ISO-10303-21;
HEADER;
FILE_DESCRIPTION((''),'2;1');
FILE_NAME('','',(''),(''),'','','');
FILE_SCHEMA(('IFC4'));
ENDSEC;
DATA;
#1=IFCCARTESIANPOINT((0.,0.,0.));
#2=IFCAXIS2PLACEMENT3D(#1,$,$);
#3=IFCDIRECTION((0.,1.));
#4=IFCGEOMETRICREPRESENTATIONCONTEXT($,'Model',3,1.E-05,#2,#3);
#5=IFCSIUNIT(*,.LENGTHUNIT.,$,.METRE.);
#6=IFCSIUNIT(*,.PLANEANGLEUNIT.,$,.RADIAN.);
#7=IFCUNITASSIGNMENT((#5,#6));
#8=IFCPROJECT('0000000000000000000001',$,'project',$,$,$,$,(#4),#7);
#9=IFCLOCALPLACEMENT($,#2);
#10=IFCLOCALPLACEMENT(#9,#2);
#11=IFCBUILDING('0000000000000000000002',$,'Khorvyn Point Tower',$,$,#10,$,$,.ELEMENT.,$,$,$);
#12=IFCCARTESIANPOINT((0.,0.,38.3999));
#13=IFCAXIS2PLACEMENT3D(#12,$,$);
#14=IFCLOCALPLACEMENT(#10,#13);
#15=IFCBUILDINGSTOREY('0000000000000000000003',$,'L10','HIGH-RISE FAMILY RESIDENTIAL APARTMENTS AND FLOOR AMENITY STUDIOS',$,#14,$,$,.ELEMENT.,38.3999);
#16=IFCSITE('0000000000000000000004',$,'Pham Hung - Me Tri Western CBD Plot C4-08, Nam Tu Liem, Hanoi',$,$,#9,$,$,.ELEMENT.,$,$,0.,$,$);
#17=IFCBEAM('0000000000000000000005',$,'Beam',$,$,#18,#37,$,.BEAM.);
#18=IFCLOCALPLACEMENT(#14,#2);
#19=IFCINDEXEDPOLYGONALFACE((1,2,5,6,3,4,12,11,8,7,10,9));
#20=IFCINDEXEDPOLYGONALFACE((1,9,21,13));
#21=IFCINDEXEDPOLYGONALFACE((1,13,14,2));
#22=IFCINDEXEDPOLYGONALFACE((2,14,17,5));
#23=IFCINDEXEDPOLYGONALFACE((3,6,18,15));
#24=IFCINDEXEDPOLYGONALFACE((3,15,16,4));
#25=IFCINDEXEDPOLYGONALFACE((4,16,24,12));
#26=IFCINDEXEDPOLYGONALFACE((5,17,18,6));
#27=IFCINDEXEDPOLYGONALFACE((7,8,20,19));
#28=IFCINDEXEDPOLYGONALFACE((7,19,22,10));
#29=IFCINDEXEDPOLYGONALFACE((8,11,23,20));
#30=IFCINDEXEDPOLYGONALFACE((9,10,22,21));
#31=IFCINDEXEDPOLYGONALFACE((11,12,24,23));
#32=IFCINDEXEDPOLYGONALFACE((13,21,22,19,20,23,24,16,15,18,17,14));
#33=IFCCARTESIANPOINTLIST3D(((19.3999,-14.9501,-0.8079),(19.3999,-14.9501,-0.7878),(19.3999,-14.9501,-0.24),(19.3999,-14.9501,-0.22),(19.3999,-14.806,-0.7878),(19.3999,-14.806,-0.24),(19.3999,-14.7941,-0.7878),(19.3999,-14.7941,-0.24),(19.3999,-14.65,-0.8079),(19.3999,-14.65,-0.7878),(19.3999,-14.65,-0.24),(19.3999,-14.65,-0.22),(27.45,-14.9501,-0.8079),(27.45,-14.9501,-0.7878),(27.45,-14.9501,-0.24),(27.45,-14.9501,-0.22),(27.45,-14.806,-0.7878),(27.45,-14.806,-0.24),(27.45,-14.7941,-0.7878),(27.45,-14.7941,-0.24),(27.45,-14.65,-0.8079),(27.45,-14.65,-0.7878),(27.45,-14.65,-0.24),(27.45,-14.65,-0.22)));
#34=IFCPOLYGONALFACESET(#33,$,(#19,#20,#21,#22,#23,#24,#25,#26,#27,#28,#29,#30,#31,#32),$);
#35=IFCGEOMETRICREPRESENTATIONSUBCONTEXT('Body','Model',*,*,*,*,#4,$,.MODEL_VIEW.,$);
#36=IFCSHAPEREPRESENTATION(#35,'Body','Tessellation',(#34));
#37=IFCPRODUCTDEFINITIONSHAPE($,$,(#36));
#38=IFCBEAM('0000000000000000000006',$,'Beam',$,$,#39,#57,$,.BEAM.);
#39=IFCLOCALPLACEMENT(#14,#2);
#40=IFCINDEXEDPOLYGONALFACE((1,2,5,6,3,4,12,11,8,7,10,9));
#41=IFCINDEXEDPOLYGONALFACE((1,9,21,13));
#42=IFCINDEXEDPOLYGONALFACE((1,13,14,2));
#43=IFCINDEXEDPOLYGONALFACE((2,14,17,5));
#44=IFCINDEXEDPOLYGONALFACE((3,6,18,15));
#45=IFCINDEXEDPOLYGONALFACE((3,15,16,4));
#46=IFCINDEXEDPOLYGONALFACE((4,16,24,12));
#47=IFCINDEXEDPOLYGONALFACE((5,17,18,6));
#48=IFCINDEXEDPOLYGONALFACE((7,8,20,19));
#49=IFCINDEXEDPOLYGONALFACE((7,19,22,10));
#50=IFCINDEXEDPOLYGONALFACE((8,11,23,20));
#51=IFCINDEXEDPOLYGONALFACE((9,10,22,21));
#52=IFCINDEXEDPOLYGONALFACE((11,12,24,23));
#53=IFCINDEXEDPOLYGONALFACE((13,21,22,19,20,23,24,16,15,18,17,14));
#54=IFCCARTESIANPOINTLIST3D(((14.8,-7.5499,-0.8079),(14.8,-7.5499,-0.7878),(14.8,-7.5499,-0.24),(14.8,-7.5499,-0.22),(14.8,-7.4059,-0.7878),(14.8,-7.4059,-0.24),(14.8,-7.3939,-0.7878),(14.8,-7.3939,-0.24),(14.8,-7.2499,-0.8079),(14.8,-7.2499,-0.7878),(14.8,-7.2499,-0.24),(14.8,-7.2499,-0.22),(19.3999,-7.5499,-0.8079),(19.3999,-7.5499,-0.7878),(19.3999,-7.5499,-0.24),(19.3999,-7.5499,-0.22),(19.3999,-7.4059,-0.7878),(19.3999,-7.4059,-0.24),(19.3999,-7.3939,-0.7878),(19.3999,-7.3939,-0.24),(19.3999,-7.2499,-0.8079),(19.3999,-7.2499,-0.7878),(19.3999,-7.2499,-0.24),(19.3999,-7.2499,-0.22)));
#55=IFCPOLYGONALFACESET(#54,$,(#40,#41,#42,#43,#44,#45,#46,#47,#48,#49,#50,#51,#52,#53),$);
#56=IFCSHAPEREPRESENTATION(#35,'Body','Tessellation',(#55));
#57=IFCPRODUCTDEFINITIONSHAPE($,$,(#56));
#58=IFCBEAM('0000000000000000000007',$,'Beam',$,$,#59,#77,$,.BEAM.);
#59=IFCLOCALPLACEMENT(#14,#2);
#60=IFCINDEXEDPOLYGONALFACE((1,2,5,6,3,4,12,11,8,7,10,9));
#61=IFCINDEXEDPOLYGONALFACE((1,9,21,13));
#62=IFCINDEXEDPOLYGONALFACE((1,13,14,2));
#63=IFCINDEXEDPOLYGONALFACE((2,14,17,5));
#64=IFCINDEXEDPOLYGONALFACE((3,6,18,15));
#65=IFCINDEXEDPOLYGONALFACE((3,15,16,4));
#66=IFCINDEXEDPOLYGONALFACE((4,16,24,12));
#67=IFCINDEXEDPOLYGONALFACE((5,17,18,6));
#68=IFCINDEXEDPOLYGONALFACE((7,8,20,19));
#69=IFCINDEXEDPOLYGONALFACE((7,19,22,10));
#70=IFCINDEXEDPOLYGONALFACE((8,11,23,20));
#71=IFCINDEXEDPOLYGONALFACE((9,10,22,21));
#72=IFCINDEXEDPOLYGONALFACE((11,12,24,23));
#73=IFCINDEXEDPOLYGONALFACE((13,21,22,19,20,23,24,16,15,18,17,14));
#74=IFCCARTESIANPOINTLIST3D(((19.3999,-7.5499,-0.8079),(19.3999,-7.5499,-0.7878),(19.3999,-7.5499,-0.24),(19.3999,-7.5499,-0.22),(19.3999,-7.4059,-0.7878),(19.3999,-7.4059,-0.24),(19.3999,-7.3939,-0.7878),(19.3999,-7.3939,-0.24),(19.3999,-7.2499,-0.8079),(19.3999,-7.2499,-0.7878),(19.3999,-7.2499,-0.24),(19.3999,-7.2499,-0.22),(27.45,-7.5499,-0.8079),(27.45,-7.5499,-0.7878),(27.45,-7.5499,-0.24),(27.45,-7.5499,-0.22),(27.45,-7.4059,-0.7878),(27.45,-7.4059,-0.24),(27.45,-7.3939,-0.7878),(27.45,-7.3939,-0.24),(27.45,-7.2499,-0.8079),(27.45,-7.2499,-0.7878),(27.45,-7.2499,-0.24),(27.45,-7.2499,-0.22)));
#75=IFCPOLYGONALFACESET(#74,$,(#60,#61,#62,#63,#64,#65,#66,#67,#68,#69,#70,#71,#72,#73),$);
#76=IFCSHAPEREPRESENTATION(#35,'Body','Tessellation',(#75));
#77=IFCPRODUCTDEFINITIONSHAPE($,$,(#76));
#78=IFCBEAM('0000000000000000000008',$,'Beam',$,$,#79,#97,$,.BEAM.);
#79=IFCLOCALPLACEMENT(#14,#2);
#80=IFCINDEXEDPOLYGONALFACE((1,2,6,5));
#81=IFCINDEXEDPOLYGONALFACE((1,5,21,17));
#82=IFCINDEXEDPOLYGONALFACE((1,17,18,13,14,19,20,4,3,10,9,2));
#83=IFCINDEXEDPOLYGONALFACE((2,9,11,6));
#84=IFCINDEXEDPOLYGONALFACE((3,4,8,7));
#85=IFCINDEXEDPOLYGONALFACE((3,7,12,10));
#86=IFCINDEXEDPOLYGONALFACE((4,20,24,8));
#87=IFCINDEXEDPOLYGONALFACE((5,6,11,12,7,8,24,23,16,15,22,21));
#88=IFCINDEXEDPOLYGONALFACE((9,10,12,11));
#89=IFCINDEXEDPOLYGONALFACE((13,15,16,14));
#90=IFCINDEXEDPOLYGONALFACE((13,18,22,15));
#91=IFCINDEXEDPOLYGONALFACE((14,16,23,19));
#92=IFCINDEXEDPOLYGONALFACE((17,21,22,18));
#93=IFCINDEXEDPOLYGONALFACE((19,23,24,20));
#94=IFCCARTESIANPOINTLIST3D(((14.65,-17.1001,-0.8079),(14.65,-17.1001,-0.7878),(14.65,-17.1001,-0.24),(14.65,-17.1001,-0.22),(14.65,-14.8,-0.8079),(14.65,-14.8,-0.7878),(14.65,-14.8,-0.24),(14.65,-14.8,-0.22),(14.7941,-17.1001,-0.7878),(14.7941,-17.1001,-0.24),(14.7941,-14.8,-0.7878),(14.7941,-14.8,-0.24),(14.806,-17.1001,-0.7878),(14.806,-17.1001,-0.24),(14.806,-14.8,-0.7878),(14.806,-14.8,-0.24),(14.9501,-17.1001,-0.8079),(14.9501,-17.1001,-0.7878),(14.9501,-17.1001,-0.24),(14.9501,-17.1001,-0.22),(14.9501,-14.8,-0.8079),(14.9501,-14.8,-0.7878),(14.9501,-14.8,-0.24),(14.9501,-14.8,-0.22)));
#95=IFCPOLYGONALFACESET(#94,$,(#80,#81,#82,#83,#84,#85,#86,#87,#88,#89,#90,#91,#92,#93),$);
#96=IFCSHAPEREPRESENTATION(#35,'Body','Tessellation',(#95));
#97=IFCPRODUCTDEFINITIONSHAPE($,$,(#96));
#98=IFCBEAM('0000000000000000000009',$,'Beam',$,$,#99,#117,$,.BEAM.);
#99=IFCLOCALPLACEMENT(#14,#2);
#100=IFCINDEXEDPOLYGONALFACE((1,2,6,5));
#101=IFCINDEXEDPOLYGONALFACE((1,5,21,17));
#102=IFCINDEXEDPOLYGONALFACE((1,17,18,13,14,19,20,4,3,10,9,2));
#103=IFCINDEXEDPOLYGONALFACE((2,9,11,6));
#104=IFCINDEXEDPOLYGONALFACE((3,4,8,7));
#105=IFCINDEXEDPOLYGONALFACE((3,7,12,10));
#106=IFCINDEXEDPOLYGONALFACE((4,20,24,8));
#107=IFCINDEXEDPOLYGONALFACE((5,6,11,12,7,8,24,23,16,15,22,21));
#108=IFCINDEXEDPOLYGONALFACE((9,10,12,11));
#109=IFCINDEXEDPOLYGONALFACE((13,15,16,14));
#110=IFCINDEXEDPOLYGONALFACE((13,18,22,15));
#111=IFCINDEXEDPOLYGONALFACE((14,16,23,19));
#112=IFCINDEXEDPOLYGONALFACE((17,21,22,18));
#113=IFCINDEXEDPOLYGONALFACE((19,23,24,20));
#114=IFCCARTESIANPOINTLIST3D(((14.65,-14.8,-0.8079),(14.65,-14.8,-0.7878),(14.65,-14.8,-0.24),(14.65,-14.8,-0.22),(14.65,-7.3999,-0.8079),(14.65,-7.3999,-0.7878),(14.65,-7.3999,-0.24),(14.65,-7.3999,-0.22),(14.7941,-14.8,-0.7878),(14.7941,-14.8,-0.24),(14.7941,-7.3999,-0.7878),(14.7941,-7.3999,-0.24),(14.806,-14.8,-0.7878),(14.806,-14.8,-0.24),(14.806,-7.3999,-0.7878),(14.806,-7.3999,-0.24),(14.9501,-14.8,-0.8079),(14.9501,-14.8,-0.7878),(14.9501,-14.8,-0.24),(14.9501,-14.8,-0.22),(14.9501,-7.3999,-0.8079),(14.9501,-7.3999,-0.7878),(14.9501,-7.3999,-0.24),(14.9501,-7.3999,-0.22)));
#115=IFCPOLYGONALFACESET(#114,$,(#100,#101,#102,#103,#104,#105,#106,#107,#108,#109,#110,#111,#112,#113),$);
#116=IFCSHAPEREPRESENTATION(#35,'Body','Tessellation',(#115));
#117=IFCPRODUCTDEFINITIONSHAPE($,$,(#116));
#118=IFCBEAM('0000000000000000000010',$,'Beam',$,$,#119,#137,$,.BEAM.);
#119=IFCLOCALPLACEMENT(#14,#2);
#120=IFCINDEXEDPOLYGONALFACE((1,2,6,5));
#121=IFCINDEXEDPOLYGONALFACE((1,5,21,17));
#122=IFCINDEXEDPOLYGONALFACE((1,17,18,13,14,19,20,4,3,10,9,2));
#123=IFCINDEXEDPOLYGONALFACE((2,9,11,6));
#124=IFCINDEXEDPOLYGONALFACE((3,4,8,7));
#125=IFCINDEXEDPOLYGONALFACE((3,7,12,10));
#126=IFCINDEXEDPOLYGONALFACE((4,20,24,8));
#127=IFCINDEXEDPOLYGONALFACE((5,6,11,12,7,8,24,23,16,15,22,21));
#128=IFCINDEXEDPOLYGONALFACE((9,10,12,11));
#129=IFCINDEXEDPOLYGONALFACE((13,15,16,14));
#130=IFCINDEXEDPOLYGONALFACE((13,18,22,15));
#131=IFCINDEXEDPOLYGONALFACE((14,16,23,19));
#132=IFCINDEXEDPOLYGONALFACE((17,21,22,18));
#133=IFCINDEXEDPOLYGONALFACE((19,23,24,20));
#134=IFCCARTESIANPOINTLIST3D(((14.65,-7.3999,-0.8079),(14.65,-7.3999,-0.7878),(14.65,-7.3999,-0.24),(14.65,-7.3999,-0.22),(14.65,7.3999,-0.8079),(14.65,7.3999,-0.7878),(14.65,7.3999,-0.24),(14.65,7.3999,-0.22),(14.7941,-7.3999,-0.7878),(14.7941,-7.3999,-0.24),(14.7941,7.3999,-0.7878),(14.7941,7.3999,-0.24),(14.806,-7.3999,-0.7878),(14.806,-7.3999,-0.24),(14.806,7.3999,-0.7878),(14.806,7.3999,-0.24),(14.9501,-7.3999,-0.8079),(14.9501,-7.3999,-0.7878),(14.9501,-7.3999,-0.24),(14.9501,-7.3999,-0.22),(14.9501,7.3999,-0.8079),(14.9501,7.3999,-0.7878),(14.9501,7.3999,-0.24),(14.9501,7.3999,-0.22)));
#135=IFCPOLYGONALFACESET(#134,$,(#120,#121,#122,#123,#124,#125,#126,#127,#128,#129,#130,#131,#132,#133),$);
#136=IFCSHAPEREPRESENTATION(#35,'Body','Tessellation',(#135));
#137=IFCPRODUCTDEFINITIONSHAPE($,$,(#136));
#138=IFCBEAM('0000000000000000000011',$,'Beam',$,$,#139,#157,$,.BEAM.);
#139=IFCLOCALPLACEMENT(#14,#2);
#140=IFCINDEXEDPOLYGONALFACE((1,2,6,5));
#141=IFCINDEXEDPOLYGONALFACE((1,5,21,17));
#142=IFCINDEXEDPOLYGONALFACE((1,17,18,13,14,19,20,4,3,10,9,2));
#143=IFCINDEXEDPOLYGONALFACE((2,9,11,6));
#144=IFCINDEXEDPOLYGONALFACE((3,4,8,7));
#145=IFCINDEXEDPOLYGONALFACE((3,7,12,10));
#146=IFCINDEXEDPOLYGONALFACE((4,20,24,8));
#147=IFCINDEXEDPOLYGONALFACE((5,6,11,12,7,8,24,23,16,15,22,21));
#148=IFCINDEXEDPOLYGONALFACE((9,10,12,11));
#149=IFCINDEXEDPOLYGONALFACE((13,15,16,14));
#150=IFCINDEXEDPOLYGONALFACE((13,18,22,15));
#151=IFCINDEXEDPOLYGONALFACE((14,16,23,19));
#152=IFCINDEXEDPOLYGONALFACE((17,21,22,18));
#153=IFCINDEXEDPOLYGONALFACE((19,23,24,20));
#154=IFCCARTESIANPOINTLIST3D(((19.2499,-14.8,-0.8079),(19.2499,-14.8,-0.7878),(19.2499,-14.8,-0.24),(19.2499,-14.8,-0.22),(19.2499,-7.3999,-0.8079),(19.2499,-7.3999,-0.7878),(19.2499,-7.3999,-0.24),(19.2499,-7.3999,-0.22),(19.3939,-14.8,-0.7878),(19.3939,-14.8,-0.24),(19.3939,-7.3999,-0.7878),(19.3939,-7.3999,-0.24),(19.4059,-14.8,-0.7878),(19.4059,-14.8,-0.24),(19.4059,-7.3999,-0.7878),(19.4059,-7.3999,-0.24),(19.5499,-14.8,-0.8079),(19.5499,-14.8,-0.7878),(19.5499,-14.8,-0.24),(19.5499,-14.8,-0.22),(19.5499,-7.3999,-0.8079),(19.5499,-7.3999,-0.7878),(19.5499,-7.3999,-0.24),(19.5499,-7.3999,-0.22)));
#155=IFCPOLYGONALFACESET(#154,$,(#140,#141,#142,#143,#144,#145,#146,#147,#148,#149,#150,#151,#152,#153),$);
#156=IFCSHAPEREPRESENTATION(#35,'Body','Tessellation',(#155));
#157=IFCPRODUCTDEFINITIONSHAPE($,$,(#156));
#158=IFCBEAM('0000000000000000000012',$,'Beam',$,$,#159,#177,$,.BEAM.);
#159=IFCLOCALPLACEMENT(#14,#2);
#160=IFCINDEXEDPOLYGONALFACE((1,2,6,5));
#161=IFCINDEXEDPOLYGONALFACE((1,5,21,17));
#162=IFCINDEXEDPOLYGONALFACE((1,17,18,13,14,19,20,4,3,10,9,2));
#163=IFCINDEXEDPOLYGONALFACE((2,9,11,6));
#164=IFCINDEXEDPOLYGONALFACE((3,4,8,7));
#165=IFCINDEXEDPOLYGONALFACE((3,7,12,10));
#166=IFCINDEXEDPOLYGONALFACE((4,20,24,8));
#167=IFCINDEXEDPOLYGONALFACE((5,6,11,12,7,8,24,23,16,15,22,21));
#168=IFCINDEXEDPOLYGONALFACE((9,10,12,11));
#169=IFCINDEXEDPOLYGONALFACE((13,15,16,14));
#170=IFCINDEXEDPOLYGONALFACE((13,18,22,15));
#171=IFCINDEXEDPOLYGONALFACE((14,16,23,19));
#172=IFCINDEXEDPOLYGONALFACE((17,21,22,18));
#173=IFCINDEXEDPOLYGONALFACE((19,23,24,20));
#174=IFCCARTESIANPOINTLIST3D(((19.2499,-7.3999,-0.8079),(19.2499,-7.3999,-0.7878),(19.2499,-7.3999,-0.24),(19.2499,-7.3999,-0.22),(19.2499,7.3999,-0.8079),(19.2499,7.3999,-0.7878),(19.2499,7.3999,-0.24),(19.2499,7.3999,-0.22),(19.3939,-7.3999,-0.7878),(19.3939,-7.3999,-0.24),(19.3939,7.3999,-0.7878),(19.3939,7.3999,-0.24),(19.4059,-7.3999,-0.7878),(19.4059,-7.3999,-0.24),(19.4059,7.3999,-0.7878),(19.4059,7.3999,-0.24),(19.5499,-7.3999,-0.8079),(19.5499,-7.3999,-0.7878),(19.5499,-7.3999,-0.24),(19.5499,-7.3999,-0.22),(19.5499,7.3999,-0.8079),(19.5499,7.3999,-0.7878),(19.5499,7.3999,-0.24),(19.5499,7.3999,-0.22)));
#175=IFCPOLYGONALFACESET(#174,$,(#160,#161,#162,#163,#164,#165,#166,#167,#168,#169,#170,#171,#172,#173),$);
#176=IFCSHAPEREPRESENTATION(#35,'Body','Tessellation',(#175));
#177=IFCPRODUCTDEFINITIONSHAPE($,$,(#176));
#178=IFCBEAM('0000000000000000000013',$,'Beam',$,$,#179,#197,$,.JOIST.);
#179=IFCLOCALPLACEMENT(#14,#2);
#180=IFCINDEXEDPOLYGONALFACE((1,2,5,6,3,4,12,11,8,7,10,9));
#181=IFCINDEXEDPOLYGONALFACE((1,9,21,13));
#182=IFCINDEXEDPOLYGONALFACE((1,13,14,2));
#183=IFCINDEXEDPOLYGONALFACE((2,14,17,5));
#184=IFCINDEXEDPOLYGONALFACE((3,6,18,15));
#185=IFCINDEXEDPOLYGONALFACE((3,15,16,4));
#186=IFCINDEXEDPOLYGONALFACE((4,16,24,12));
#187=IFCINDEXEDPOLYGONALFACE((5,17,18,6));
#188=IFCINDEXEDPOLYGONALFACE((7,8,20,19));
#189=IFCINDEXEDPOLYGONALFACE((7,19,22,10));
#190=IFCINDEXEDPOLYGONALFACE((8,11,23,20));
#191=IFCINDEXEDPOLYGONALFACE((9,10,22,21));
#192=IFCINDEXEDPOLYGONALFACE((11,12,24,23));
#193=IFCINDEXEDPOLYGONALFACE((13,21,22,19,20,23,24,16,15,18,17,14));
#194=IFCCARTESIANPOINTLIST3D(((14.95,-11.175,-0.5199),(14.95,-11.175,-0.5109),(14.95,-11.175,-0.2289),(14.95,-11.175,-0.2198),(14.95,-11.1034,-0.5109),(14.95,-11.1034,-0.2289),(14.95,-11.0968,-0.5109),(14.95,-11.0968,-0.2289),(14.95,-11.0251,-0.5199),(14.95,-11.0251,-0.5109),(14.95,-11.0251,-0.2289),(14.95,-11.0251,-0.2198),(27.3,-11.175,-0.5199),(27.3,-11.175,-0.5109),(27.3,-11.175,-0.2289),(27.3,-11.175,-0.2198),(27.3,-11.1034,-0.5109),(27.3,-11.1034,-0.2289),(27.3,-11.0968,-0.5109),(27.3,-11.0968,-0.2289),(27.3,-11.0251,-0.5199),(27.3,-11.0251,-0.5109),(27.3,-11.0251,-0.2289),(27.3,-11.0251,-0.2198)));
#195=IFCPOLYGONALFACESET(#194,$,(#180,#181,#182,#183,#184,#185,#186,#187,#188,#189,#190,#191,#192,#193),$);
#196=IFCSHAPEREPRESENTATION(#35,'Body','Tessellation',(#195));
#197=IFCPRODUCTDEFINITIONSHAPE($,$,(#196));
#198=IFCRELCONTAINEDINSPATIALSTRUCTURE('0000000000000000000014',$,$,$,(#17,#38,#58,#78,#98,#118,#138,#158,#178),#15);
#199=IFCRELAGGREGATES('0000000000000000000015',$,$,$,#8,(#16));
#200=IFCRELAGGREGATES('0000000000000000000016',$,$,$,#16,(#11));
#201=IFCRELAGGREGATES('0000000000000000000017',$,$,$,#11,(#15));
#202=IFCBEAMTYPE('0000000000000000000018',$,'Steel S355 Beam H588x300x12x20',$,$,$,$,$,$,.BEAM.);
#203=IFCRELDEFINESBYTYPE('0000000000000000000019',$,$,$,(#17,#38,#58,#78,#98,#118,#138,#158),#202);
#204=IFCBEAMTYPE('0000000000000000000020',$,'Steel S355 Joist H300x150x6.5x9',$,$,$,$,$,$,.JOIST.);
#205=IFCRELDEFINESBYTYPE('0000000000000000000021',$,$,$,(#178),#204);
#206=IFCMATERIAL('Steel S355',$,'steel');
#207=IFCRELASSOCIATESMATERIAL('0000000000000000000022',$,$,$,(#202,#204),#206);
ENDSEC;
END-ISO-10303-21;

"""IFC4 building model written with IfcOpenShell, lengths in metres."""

from ifc_helpers import new_model, si_unit, direction, frame, origin, origin_2d, place, context, subcontext, project, spatial, i_section, extrude, material, material_profile, profile_set, type_object, element, save


model = new_model("IFC4")

# Units and contexts
model_context = context("Model", 3, precision=1e-05, world=origin(), true_north=direction((0.0, 1.0)))
body_context = subcontext(model_context, "Body", "Model", "MODEL_VIEW")
ifc_project = project(units=[si_unit("LENGTHUNIT", "METRE"), si_unit("PLANEANGLEUNIT", "RADIAN")], contexts=[model_context])

# Site, building, storey
site_placement = place(None, origin())
site = spatial("IfcSite", under=ifc_project, at=site_placement, Name="Pham Hung - Me Tri Western CBD Plot C4-08, Nam Tu Liem, Hanoi", CompositionType="ELEMENT", RefElevation=0.0)
building_placement = place(site_placement, origin())
building = spatial("IfcBuilding", under=site, at=building_placement, Name="Khorvyn Point Tower", CompositionType="ELEMENT")
storey_placement = place(building_placement, frame((0.0, 0.0, 38.3999)))
storey = spatial("IfcBuildingStorey", under=building, at=storey_placement, Name="L10", Description="HIGH-RISE FAMILY RESIDENTIAL APARTMENTS AND FLOOR AMENITY STUDIOS", CompositionType="ELEMENT", Elevation=38.3999)

# Beams
ifc_material_1 = material(Name="Steel S355", Category="steel")
ifc_material_profile_1 = material_profile(ifc_material_1, i_section(OverallWidth=0.3, OverallDepth=0.5879, WebThickness=0.012, FlangeThickness=0.02, at=origin_2d()))
ifc_profile_set_1 = profile_set([ifc_material_profile_1], Name="Steel S355 H588x300x12x20")
beam_type_1 = type_object("IfcBeamType", Name="Steel S355 Beam H588x300x12x20", PredefinedType="BEAM", material=ifc_profile_set_1)
beam_1_placement = place(storey_placement, frame((19.3999, -14.8, -0.5139), z_axis=(1.0, 0.0, 0.0), x_axis=(0.0, 1.0, 0.0)))
element("IfcBeam", 1, at=beam_1_placement, inside=storey, type_object=beam_type_1, Name="Beam", PredefinedType="BEAM", context=body_context, shape_type="SweptSolid", body=[
    extrude(i_section(OverallWidth=0.3, OverallDepth=0.5879, WebThickness=0.012, FlangeThickness=0.02, at=origin_2d()), origin(), (0.0, 0.0, 1.0), 8.05),
])
beam_2_placement = place(storey_placement, frame((14.8, -7.3999, -0.5139), z_axis=(1.0, 0.0, 0.0), x_axis=(0.0, 1.0, 0.0)))
element("IfcBeam", 2, at=beam_2_placement, inside=storey, type_object=beam_type_1, Name="Beam", PredefinedType="BEAM", context=body_context, shape_type="SweptSolid", body=[
    extrude(i_section(OverallWidth=0.3, OverallDepth=0.5879, WebThickness=0.012, FlangeThickness=0.02, at=origin_2d()), origin(), (0.0, 0.0, 1.0), 4.5999),
])
beam_3_placement = place(storey_placement, frame((19.3999, -7.3999, -0.5139), z_axis=(1.0, 0.0, 0.0), x_axis=(0.0, 1.0, 0.0)))
element("IfcBeam", 3, at=beam_3_placement, inside=storey, type_object=beam_type_1, Name="Beam", PredefinedType="BEAM", context=body_context, shape_type="SweptSolid", body=[
    extrude(i_section(OverallWidth=0.3, OverallDepth=0.5879, WebThickness=0.012, FlangeThickness=0.02, at=origin_2d()), origin(), (0.0, 0.0, 1.0), 8.05),
])
beam_4_placement = place(storey_placement, frame((14.8, -17.1001, -0.5139), z_axis=(0.0, 1.0, 0.0), x_axis=(-1.0, 0.0, 0.0)))
element("IfcBeam", 4, at=beam_4_placement, inside=storey, type_object=beam_type_1, Name="Beam", PredefinedType="BEAM", context=body_context, shape_type="SweptSolid", body=[
    extrude(i_section(OverallWidth=0.3, OverallDepth=0.5879, WebThickness=0.012, FlangeThickness=0.02, at=origin_2d()), origin(), (0.0, 0.0, 1.0), 2.3),
])
beam_5_placement = place(storey_placement, frame((14.8, -14.8, -0.5139), z_axis=(0.0, 1.0, 0.0), x_axis=(-1.0, 0.0, 0.0)))
element("IfcBeam", 5, at=beam_5_placement, inside=storey, type_object=beam_type_1, Name="Beam", PredefinedType="BEAM", context=body_context, shape_type="SweptSolid", body=[
    extrude(i_section(OverallWidth=0.3, OverallDepth=0.5879, WebThickness=0.012, FlangeThickness=0.02, at=origin_2d()), origin(), (0.0, 0.0, 1.0), 7.4001),
])
beam_6_placement = place(storey_placement, frame((14.8, -7.3999, -0.5139), z_axis=(0.0, 1.0, 0.0), x_axis=(-1.0, 0.0, 0.0)))
element("IfcBeam", 6, at=beam_6_placement, inside=storey, type_object=beam_type_1, Name="Beam", PredefinedType="BEAM", context=body_context, shape_type="SweptSolid", body=[
    extrude(i_section(OverallWidth=0.3, OverallDepth=0.5879, WebThickness=0.012, FlangeThickness=0.02, at=origin_2d()), origin(), (0.0, 0.0, 1.0), 14.7998),
])
beam_7_placement = place(storey_placement, frame((19.3999, -14.8, -0.5139), z_axis=(0.0, 1.0, 0.0), x_axis=(-1.0, 0.0, 0.0)))
element("IfcBeam", 7, at=beam_7_placement, inside=storey, type_object=beam_type_1, Name="Beam", PredefinedType="BEAM", context=body_context, shape_type="SweptSolid", body=[
    extrude(i_section(OverallWidth=0.3, OverallDepth=0.5879, WebThickness=0.012, FlangeThickness=0.02, at=origin_2d()), origin(), (0.0, 0.0, 1.0), 7.4001),
])
beam_8_placement = place(storey_placement, frame((19.3999, -7.3999, -0.5139), z_axis=(0.0, 1.0, 0.0), x_axis=(-1.0, 0.0, 0.0)))
element("IfcBeam", 8, at=beam_8_placement, inside=storey, type_object=beam_type_1, Name="Beam", PredefinedType="BEAM", context=body_context, shape_type="SweptSolid", body=[
    extrude(i_section(OverallWidth=0.3, OverallDepth=0.5879, WebThickness=0.012, FlangeThickness=0.02, at=origin_2d()), origin(), (0.0, 0.0, 1.0), 14.7998),
])
ifc_material_profile_2 = material_profile(ifc_material_1, i_section(OverallWidth=0.1499, OverallDepth=0.3, WebThickness=0.0066, FlangeThickness=0.009, at=origin_2d()))
ifc_profile_set_2 = profile_set([ifc_material_profile_2], Name="Steel S355 H300x150x6.5x9")
beam_type_2 = type_object("IfcBeamType", Name="Steel S355 Joist H300x150x6.5x9", PredefinedType="JOIST", material=ifc_profile_set_2)
beam_9_placement = place(storey_placement, frame((14.95, -11.1001, -0.3699), z_axis=(1.0, 0.0, 0.0), x_axis=(0.0, 1.0, 0.0)))
element("IfcBeam", 9, at=beam_9_placement, inside=storey, type_object=beam_type_2, Name="Beam", PredefinedType="JOIST", context=body_context, shape_type="SweptSolid", body=[
    extrude(i_section(OverallWidth=0.1499, OverallDepth=0.3, WebThickness=0.0066, FlangeThickness=0.009, at=origin_2d()), origin(), (0.0, 0.0, 1.0), 12.3501),
])

save(model, "model.ifc")
